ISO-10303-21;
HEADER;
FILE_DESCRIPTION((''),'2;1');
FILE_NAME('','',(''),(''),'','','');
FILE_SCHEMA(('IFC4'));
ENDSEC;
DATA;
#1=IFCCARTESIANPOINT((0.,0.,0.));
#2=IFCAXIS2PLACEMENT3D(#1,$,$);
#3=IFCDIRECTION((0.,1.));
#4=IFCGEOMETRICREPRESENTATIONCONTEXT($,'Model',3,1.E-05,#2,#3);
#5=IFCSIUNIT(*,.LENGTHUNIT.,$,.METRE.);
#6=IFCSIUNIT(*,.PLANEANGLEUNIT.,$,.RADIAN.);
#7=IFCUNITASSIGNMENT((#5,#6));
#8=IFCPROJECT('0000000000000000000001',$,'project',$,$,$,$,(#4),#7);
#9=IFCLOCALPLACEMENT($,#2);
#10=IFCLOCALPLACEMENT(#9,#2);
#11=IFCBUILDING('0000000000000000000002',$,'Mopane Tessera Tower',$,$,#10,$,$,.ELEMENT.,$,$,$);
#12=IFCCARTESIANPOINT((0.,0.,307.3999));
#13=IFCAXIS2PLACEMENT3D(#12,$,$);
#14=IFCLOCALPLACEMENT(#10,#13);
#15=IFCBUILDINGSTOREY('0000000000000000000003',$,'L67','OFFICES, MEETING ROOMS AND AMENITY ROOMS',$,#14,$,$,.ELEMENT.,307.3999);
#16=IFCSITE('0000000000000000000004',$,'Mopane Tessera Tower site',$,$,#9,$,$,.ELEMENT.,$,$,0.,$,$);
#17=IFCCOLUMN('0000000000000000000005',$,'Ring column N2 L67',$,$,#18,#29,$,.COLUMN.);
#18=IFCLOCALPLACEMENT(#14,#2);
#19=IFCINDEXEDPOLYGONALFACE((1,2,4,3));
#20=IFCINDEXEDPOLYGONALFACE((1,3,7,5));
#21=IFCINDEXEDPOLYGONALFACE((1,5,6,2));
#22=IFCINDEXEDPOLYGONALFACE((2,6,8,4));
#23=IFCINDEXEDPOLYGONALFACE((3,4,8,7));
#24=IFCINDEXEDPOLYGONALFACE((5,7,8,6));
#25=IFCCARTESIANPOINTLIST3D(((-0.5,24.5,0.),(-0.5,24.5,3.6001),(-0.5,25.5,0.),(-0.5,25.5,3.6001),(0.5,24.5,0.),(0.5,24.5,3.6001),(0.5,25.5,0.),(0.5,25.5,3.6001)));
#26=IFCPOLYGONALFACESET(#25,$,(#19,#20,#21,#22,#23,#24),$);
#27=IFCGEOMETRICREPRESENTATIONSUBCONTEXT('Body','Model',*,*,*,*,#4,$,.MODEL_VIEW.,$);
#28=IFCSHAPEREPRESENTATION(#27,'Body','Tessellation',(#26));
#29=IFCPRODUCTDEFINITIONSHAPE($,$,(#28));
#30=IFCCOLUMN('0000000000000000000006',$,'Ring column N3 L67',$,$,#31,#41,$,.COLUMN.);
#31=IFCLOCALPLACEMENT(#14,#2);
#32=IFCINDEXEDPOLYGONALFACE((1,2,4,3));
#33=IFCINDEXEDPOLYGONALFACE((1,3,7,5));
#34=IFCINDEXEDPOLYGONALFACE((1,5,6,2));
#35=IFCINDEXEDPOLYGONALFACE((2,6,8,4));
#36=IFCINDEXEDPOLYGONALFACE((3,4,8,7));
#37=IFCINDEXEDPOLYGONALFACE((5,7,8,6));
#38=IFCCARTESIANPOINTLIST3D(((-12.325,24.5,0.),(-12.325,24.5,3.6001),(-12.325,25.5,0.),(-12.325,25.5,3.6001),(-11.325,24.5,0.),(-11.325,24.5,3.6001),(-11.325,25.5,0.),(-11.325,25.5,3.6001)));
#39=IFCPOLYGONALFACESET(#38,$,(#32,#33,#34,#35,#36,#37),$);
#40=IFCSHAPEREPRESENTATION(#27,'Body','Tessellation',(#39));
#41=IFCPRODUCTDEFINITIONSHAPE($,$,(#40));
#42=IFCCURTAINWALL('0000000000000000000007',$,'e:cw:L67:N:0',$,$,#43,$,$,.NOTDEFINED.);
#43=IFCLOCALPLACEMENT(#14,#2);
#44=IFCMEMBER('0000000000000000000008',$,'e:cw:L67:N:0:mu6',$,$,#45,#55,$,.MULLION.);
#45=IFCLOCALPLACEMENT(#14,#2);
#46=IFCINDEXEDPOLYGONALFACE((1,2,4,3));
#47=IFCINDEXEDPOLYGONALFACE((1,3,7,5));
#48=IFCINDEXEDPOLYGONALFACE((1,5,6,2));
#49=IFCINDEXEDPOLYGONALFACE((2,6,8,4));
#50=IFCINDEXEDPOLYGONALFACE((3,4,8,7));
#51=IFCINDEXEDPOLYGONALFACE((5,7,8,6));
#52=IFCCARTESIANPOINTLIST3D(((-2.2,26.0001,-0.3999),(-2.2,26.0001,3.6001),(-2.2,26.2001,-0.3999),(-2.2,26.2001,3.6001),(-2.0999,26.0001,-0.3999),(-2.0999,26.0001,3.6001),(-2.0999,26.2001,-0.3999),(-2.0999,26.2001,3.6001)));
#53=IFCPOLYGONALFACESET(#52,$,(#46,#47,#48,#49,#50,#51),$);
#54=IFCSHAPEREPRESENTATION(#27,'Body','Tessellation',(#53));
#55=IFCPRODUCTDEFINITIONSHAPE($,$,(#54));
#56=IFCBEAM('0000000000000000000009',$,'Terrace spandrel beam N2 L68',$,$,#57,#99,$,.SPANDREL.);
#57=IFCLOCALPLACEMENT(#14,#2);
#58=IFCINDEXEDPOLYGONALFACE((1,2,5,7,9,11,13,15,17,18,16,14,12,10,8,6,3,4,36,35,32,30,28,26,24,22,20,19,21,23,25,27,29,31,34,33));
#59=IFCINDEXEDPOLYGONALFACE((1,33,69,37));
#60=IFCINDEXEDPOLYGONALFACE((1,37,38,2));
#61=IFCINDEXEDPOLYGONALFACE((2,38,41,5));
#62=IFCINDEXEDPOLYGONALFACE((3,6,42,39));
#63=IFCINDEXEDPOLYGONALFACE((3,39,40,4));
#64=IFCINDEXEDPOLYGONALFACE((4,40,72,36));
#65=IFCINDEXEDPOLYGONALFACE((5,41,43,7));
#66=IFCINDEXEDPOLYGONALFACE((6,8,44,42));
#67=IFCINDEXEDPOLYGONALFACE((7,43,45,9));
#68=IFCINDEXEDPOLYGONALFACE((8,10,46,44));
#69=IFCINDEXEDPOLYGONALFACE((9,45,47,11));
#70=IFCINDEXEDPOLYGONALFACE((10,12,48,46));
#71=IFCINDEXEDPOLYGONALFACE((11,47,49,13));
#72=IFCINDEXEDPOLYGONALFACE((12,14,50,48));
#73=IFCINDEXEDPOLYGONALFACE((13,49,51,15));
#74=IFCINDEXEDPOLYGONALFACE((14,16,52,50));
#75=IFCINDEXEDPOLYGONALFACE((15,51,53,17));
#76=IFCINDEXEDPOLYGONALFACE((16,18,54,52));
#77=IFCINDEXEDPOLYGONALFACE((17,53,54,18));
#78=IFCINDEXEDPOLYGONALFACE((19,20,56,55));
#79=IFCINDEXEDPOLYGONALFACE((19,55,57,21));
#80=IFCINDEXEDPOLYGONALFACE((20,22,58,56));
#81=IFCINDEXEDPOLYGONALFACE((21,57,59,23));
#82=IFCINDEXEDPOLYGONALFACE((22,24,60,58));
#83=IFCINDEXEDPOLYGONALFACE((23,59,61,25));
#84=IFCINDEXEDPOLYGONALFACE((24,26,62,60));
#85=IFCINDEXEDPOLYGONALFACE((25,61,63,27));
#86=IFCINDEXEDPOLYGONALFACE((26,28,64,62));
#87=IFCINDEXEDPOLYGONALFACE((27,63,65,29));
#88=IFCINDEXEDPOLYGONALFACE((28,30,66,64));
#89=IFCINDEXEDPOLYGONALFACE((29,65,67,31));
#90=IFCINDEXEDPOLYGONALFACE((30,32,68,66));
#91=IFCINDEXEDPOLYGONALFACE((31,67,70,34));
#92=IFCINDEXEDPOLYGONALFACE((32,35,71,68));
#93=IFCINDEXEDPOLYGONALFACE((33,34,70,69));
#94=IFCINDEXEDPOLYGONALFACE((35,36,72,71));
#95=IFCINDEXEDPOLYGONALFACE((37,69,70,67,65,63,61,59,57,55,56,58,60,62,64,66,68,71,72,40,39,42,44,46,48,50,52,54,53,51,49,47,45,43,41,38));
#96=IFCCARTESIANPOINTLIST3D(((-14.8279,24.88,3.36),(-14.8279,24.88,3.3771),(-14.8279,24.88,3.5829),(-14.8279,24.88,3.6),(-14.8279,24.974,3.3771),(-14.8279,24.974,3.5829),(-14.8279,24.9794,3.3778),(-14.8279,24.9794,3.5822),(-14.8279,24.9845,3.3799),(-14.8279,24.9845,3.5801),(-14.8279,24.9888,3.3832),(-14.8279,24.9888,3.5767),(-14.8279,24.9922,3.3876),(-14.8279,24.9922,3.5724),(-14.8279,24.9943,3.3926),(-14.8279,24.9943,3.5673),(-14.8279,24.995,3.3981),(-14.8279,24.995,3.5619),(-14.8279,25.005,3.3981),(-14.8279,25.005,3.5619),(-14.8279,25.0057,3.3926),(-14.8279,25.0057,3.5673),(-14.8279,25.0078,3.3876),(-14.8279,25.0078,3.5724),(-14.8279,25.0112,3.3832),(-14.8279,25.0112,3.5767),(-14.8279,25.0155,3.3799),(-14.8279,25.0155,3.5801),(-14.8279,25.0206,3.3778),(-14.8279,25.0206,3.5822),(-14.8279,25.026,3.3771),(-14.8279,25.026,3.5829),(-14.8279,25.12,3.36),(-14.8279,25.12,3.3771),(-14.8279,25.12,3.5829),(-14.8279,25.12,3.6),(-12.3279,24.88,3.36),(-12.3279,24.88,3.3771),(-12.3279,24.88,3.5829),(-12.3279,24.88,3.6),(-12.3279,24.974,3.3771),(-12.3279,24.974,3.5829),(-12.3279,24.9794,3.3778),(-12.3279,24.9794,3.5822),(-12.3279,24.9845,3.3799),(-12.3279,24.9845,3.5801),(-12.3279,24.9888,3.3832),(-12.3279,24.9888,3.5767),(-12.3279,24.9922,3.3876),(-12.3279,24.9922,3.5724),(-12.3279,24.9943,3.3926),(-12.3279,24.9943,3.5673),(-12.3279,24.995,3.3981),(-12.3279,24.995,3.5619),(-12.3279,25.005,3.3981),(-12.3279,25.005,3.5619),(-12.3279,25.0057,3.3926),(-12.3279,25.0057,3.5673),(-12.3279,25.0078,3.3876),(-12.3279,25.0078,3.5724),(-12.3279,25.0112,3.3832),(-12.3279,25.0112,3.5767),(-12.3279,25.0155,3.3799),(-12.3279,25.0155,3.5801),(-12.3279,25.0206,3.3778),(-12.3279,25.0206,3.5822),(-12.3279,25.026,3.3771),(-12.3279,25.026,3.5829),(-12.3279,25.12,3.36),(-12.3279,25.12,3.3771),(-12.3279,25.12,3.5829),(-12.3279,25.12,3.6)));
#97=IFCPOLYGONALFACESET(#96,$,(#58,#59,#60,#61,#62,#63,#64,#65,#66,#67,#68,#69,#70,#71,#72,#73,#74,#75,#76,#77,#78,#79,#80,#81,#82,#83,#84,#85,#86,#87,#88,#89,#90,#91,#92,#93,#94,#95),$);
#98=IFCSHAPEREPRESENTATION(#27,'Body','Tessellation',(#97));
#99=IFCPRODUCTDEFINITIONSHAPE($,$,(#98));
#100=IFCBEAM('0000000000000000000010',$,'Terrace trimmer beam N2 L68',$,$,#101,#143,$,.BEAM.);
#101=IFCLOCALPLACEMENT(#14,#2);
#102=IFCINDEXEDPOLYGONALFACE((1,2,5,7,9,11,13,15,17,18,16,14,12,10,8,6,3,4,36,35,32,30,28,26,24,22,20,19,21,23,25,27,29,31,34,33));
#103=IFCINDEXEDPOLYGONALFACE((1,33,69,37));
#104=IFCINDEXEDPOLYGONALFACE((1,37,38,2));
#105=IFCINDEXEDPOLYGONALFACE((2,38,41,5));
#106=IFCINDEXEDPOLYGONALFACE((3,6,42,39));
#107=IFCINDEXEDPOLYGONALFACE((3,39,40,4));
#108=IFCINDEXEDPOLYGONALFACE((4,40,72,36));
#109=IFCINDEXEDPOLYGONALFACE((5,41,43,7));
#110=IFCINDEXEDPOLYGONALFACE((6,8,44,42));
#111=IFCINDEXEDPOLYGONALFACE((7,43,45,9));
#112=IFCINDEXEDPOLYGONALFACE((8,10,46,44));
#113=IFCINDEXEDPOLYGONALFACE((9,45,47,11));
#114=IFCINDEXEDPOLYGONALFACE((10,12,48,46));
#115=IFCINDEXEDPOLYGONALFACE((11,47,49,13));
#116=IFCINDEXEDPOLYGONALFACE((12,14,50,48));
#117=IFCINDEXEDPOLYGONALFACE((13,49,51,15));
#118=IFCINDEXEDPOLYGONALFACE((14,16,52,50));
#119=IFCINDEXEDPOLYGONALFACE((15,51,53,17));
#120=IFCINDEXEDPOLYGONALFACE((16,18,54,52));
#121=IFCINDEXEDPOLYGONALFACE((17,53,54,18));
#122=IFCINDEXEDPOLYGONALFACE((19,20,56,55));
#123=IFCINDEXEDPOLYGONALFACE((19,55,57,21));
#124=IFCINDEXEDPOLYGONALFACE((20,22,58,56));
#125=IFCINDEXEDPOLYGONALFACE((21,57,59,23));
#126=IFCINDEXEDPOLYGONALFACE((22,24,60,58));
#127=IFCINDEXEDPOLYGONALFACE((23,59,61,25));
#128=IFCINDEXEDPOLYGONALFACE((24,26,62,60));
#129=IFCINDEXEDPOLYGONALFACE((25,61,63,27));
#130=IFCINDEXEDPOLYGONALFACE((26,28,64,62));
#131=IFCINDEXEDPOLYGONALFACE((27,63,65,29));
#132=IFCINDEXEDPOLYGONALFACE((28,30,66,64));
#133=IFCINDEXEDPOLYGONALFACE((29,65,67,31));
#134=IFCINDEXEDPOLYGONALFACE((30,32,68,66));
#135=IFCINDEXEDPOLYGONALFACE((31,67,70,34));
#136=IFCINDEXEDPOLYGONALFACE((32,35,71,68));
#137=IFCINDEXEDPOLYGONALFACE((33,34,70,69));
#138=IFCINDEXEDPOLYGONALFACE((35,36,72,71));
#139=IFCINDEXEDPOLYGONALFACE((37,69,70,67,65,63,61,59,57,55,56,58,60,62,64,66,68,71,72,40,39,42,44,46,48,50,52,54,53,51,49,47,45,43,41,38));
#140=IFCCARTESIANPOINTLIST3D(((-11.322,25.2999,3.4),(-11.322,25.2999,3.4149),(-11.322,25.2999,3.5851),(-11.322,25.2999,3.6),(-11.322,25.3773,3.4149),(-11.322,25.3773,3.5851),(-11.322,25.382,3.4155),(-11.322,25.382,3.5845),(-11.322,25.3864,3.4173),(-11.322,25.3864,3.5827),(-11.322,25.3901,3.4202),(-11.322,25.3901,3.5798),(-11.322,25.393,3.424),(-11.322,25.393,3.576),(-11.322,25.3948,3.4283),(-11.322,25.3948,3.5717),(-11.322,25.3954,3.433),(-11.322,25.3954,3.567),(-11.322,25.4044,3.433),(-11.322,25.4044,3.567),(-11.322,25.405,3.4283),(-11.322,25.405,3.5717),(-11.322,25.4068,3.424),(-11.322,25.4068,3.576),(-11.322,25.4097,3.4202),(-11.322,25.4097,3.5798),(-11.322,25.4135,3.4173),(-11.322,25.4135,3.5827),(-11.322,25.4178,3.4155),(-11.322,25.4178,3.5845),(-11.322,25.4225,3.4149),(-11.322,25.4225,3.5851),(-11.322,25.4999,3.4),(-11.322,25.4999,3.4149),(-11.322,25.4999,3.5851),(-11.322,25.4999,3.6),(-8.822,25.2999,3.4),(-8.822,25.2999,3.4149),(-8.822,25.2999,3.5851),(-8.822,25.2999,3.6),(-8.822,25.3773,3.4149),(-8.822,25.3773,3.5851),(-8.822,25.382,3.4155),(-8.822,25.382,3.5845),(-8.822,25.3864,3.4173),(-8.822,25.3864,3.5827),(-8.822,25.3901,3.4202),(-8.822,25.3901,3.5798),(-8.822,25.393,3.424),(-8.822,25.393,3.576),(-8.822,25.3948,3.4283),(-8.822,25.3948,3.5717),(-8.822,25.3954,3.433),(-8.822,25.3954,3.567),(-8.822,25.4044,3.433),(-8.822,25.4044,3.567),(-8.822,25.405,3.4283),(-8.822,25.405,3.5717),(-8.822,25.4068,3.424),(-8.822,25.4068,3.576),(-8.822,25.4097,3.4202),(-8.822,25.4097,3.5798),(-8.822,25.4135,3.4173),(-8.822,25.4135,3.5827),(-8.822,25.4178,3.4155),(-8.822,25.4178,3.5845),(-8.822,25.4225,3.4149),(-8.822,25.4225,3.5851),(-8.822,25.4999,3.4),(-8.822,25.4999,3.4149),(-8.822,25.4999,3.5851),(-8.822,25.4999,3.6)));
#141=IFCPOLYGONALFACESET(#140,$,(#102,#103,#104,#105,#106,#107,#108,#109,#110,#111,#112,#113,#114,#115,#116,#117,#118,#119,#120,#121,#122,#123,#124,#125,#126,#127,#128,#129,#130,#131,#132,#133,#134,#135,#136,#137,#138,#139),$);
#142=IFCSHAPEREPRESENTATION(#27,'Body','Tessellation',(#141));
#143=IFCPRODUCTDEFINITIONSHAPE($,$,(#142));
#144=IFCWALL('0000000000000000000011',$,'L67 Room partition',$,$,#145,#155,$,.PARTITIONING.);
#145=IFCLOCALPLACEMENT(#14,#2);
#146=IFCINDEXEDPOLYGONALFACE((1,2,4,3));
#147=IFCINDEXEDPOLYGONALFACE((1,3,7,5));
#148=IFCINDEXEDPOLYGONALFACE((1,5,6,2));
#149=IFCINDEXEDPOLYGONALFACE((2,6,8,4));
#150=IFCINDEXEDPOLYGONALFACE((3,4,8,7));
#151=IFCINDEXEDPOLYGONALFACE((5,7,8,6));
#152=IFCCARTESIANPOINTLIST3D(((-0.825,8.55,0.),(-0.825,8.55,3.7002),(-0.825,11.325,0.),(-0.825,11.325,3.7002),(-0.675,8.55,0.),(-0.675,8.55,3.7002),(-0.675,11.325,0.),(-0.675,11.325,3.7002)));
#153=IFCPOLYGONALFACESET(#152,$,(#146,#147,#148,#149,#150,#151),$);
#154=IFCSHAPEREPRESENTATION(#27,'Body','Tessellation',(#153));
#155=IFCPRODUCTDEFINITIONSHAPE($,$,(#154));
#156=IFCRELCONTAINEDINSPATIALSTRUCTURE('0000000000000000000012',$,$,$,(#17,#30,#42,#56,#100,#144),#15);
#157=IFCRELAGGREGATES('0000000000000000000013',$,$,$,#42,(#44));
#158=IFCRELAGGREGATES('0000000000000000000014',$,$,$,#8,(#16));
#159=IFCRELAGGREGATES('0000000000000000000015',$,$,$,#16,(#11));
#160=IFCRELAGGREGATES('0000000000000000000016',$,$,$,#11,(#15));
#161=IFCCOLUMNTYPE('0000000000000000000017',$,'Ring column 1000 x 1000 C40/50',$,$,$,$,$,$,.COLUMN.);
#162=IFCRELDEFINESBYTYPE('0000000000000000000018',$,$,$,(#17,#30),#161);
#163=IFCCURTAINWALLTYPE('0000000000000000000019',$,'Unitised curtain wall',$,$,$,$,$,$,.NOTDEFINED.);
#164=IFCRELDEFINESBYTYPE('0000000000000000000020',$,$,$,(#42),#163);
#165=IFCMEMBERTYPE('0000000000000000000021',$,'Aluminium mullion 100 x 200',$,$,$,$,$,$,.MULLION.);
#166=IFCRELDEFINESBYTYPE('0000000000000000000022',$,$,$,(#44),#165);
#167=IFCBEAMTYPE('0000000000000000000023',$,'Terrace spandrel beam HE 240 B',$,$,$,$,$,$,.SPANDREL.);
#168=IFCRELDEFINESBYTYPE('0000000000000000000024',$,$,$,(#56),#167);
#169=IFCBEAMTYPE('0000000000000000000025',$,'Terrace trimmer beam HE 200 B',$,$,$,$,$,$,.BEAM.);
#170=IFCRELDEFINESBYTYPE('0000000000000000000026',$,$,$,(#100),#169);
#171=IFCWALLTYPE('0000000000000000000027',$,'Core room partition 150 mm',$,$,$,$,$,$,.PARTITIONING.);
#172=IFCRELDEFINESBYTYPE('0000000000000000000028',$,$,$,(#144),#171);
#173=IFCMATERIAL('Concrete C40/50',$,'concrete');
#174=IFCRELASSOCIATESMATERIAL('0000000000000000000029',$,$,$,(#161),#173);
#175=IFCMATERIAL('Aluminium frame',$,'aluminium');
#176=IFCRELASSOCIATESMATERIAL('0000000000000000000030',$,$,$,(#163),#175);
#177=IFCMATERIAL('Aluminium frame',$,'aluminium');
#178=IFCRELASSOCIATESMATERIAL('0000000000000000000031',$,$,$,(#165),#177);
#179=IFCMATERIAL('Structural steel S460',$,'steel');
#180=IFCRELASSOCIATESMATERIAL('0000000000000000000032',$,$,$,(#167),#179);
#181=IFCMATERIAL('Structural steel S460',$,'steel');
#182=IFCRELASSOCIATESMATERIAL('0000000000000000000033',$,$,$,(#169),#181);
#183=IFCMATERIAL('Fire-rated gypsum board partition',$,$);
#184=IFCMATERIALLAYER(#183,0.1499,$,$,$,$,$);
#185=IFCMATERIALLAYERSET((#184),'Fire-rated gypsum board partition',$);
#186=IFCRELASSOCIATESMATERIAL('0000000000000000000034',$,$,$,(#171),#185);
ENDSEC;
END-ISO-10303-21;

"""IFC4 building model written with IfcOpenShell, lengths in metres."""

from ifc_helpers import new_model, si_unit, direction, frame, frame_2d, origin, origin_2d, place, context, subcontext, project, spatial, rectangle, i_section, extrude, material, layer, layer_set, material_profile, profile_set, type_object, element, aggregate, save


model = new_model("IFC4")

# Units and contexts
model_context = context("Model", 3, precision=1e-05, world=origin(), true_north=direction((0.0, 1.0)))
body_context = subcontext(model_context, "Body", "Model", "MODEL_VIEW")
ifc_project = project(units=[si_unit("LENGTHUNIT", "METRE"), si_unit("PLANEANGLEUNIT", "RADIAN")], contexts=[model_context])

# Site, building, storey
site_placement = place(None, origin())
site = spatial("IfcSite", under=ifc_project, at=site_placement, Name="Mopane Tessera Tower site", CompositionType="ELEMENT", RefElevation=0.0)
building_placement = place(site_placement, origin())
building = spatial("IfcBuilding", under=site, at=building_placement, Name="Mopane Tessera Tower", CompositionType="ELEMENT")
storey_placement = place(building_placement, frame((0.0, 0.0, 307.3999)))
storey = spatial("IfcBuildingStorey", under=building, at=storey_placement, Name="L67", Description="OFFICES, MEETING ROOMS AND AMENITY ROOMS", CompositionType="ELEMENT", Elevation=307.3999)

# Columns
ifc_material_1 = material(Name="Concrete C40/50", Category="concrete")
ifc_material_profile_1 = material_profile(ifc_material_1, rectangle(XDim=1.0, YDim=1.0, at=origin_2d()))
ifc_profile_set_1 = profile_set([ifc_material_profile_1], Name="Concrete C40/50")
column_type = type_object("IfcColumnType", Name="Ring column 1000 x 1000 C40/50", PredefinedType="COLUMN", material=ifc_profile_set_1)
for number, where, z_axis, x_axis, name in (
    (1, (0.0, 25.0, 0.0), (0.0, 0.0, 1.0), (1.0, 0.0, 0.0), "Ring column N2 L67"),
    (2, (-11.825, 25.0, 0.0), (0.0, 0.0, 1.0), (1.0, 0.0, 0.0), "Ring column N3 L67"),
):
    element("IfcColumn", number, at=place(storey_placement, frame(where, z_axis=z_axis, x_axis=x_axis)), inside=storey, type_object=column_type, Name=name, PredefinedType="COLUMN", context=body_context, shape_type="SweptSolid", body=[
        extrude(rectangle(XDim=1.0, YDim=1.0, at=origin_2d()), origin(), (0.0, 0.0, 1.0), 3.6001),
    ])

# Curtain wall, member
ifc_material_2 = material(Name="Aluminium frame", Category="aluminium")
curtain_wall_type = type_object("IfcCurtainWallType", Name="Unitised curtain wall", PredefinedType="NOTDEFINED", material=ifc_material_2)
curtain_wall_placement = place(storey_placement, origin())
curtain_wall = element("IfcCurtainWall", 3, at=curtain_wall_placement, inside=storey, type_object=curtain_wall_type, Name="e:cw:L67:N:0", PredefinedType="NOTDEFINED")
ifc_material_3 = material(Name="Aluminium frame", Category="aluminium")
ifc_material_profile_2 = material_profile(ifc_material_3, rectangle(XDim=0.1001, YDim=0.2, at=origin_2d()))
ifc_profile_set_2 = profile_set([ifc_material_profile_2], Name="Aluminium frame")
member_type = type_object("IfcMemberType", Name="Aluminium mullion 100 x 200", PredefinedType="MULLION", material=ifc_profile_set_2)
member_placement = place(storey_placement, frame((-2.1499, 26.1001, -0.3999), z_axis=(0.0, 0.0, 1.0), x_axis=(-1.0, 0.0, 0.0)))
member = element("IfcMember", 4, at=member_placement, type_object=member_type, Name="e:cw:L67:N:0:mu6", PredefinedType="MULLION", context=body_context, shape_type="SweptSolid", body=[
    extrude(rectangle(XDim=0.1001, YDim=0.2, at=origin_2d()), origin(), (0.0, 0.0, 1.0), 4.0),
])
aggregate(curtain_wall, [member])

# Beams
ifc_material_4 = material(Name="Structural steel S460", Category="steel")
ifc_material_profile_3 = material_profile(ifc_material_4, i_section(OverallWidth=0.24, OverallDepth=0.24, WebThickness=0.01, FlangeThickness=0.0171, FilletRadius=0.021, at=origin_2d()))
ifc_profile_set_3 = profile_set([ifc_material_profile_3], Name="Structural steel S460")
beam_type_1 = type_object("IfcBeamType", Name="Terrace spandrel beam HE 240 B", PredefinedType="SPANDREL", material=ifc_profile_set_3)
beam_1_placement = place(storey_placement, frame((-12.3279, 25.0, 3.48), z_axis=(-1.0, 0.0, 0.0), x_axis=(0.0, -1.0, 0.0)))
element("IfcBeam", 5, at=beam_1_placement, inside=storey, type_object=beam_type_1, Name="Terrace spandrel beam N2 L68", PredefinedType="SPANDREL", context=body_context, shape_type="SweptSolid", body=[
    extrude(i_section(OverallWidth=0.24, OverallDepth=0.24, WebThickness=0.01, FlangeThickness=0.0171, FilletRadius=0.021, at=origin_2d()), origin(), (0.0, 0.0, 1.0), 2.5),
])
ifc_material_5 = material(Name="Structural steel S460", Category="steel")
ifc_material_profile_4 = material_profile(ifc_material_5, i_section(OverallWidth=0.2, OverallDepth=0.2, WebThickness=0.009, FlangeThickness=0.0149, FilletRadius=0.0181, at=origin_2d()))
ifc_profile_set_4 = profile_set([ifc_material_profile_4], Name="Structural steel S460")
beam_type_2 = type_object("IfcBeamType", Name="Terrace trimmer beam HE 200 B", PredefinedType="BEAM", material=ifc_profile_set_4)
beam_2_placement = place(storey_placement, frame((-11.322, 25.3999, 3.5), z_axis=(1.0, 0.0, 0.0), x_axis=(0.0, 1.0, 0.0)))
element("IfcBeam", 6, at=beam_2_placement, inside=storey, type_object=beam_type_2, Name="Terrace trimmer beam N2 L68", PredefinedType="BEAM", context=body_context, shape_type="SweptSolid", body=[
    extrude(i_section(OverallWidth=0.2, OverallDepth=0.2, WebThickness=0.009, FlangeThickness=0.0149, FilletRadius=0.0181, at=origin_2d()), origin(), (0.0, 0.0, 1.0), 2.5),
])

# Wall
ifc_material_6 = material(Name="Fire-rated gypsum board partition")
ifc_layer_1 = layer(ifc_material_6, 0.1499)
ifc_layer_set_1 = layer_set([ifc_layer_1], Name="Fire-rated gypsum board partition")
wall_type_1 = type_object("IfcWallType", Name="Core room partition 150 mm", PredefinedType="PARTITIONING", material=ifc_layer_set_1)
wall_1_placement = place(storey_placement, frame((-0.75, 8.55, 0.0), z_axis=(0.0, 0.0, 1.0), x_axis=(0.0, 1.0, 0.0)))
element("IfcWall", 7, at=wall_1_placement, inside=storey, type_object=wall_type_1, Name="L67 Room partition", PredefinedType="PARTITIONING", context=body_context, shape_type="SweptSolid", body=[
    extrude(rectangle(XDim=2.7749, YDim=0.1499, at=frame_2d((1.3875, 0.0))), origin(), (0.0, 0.0, 1.0), 3.7002),
])

save(model, "model.ifc")
